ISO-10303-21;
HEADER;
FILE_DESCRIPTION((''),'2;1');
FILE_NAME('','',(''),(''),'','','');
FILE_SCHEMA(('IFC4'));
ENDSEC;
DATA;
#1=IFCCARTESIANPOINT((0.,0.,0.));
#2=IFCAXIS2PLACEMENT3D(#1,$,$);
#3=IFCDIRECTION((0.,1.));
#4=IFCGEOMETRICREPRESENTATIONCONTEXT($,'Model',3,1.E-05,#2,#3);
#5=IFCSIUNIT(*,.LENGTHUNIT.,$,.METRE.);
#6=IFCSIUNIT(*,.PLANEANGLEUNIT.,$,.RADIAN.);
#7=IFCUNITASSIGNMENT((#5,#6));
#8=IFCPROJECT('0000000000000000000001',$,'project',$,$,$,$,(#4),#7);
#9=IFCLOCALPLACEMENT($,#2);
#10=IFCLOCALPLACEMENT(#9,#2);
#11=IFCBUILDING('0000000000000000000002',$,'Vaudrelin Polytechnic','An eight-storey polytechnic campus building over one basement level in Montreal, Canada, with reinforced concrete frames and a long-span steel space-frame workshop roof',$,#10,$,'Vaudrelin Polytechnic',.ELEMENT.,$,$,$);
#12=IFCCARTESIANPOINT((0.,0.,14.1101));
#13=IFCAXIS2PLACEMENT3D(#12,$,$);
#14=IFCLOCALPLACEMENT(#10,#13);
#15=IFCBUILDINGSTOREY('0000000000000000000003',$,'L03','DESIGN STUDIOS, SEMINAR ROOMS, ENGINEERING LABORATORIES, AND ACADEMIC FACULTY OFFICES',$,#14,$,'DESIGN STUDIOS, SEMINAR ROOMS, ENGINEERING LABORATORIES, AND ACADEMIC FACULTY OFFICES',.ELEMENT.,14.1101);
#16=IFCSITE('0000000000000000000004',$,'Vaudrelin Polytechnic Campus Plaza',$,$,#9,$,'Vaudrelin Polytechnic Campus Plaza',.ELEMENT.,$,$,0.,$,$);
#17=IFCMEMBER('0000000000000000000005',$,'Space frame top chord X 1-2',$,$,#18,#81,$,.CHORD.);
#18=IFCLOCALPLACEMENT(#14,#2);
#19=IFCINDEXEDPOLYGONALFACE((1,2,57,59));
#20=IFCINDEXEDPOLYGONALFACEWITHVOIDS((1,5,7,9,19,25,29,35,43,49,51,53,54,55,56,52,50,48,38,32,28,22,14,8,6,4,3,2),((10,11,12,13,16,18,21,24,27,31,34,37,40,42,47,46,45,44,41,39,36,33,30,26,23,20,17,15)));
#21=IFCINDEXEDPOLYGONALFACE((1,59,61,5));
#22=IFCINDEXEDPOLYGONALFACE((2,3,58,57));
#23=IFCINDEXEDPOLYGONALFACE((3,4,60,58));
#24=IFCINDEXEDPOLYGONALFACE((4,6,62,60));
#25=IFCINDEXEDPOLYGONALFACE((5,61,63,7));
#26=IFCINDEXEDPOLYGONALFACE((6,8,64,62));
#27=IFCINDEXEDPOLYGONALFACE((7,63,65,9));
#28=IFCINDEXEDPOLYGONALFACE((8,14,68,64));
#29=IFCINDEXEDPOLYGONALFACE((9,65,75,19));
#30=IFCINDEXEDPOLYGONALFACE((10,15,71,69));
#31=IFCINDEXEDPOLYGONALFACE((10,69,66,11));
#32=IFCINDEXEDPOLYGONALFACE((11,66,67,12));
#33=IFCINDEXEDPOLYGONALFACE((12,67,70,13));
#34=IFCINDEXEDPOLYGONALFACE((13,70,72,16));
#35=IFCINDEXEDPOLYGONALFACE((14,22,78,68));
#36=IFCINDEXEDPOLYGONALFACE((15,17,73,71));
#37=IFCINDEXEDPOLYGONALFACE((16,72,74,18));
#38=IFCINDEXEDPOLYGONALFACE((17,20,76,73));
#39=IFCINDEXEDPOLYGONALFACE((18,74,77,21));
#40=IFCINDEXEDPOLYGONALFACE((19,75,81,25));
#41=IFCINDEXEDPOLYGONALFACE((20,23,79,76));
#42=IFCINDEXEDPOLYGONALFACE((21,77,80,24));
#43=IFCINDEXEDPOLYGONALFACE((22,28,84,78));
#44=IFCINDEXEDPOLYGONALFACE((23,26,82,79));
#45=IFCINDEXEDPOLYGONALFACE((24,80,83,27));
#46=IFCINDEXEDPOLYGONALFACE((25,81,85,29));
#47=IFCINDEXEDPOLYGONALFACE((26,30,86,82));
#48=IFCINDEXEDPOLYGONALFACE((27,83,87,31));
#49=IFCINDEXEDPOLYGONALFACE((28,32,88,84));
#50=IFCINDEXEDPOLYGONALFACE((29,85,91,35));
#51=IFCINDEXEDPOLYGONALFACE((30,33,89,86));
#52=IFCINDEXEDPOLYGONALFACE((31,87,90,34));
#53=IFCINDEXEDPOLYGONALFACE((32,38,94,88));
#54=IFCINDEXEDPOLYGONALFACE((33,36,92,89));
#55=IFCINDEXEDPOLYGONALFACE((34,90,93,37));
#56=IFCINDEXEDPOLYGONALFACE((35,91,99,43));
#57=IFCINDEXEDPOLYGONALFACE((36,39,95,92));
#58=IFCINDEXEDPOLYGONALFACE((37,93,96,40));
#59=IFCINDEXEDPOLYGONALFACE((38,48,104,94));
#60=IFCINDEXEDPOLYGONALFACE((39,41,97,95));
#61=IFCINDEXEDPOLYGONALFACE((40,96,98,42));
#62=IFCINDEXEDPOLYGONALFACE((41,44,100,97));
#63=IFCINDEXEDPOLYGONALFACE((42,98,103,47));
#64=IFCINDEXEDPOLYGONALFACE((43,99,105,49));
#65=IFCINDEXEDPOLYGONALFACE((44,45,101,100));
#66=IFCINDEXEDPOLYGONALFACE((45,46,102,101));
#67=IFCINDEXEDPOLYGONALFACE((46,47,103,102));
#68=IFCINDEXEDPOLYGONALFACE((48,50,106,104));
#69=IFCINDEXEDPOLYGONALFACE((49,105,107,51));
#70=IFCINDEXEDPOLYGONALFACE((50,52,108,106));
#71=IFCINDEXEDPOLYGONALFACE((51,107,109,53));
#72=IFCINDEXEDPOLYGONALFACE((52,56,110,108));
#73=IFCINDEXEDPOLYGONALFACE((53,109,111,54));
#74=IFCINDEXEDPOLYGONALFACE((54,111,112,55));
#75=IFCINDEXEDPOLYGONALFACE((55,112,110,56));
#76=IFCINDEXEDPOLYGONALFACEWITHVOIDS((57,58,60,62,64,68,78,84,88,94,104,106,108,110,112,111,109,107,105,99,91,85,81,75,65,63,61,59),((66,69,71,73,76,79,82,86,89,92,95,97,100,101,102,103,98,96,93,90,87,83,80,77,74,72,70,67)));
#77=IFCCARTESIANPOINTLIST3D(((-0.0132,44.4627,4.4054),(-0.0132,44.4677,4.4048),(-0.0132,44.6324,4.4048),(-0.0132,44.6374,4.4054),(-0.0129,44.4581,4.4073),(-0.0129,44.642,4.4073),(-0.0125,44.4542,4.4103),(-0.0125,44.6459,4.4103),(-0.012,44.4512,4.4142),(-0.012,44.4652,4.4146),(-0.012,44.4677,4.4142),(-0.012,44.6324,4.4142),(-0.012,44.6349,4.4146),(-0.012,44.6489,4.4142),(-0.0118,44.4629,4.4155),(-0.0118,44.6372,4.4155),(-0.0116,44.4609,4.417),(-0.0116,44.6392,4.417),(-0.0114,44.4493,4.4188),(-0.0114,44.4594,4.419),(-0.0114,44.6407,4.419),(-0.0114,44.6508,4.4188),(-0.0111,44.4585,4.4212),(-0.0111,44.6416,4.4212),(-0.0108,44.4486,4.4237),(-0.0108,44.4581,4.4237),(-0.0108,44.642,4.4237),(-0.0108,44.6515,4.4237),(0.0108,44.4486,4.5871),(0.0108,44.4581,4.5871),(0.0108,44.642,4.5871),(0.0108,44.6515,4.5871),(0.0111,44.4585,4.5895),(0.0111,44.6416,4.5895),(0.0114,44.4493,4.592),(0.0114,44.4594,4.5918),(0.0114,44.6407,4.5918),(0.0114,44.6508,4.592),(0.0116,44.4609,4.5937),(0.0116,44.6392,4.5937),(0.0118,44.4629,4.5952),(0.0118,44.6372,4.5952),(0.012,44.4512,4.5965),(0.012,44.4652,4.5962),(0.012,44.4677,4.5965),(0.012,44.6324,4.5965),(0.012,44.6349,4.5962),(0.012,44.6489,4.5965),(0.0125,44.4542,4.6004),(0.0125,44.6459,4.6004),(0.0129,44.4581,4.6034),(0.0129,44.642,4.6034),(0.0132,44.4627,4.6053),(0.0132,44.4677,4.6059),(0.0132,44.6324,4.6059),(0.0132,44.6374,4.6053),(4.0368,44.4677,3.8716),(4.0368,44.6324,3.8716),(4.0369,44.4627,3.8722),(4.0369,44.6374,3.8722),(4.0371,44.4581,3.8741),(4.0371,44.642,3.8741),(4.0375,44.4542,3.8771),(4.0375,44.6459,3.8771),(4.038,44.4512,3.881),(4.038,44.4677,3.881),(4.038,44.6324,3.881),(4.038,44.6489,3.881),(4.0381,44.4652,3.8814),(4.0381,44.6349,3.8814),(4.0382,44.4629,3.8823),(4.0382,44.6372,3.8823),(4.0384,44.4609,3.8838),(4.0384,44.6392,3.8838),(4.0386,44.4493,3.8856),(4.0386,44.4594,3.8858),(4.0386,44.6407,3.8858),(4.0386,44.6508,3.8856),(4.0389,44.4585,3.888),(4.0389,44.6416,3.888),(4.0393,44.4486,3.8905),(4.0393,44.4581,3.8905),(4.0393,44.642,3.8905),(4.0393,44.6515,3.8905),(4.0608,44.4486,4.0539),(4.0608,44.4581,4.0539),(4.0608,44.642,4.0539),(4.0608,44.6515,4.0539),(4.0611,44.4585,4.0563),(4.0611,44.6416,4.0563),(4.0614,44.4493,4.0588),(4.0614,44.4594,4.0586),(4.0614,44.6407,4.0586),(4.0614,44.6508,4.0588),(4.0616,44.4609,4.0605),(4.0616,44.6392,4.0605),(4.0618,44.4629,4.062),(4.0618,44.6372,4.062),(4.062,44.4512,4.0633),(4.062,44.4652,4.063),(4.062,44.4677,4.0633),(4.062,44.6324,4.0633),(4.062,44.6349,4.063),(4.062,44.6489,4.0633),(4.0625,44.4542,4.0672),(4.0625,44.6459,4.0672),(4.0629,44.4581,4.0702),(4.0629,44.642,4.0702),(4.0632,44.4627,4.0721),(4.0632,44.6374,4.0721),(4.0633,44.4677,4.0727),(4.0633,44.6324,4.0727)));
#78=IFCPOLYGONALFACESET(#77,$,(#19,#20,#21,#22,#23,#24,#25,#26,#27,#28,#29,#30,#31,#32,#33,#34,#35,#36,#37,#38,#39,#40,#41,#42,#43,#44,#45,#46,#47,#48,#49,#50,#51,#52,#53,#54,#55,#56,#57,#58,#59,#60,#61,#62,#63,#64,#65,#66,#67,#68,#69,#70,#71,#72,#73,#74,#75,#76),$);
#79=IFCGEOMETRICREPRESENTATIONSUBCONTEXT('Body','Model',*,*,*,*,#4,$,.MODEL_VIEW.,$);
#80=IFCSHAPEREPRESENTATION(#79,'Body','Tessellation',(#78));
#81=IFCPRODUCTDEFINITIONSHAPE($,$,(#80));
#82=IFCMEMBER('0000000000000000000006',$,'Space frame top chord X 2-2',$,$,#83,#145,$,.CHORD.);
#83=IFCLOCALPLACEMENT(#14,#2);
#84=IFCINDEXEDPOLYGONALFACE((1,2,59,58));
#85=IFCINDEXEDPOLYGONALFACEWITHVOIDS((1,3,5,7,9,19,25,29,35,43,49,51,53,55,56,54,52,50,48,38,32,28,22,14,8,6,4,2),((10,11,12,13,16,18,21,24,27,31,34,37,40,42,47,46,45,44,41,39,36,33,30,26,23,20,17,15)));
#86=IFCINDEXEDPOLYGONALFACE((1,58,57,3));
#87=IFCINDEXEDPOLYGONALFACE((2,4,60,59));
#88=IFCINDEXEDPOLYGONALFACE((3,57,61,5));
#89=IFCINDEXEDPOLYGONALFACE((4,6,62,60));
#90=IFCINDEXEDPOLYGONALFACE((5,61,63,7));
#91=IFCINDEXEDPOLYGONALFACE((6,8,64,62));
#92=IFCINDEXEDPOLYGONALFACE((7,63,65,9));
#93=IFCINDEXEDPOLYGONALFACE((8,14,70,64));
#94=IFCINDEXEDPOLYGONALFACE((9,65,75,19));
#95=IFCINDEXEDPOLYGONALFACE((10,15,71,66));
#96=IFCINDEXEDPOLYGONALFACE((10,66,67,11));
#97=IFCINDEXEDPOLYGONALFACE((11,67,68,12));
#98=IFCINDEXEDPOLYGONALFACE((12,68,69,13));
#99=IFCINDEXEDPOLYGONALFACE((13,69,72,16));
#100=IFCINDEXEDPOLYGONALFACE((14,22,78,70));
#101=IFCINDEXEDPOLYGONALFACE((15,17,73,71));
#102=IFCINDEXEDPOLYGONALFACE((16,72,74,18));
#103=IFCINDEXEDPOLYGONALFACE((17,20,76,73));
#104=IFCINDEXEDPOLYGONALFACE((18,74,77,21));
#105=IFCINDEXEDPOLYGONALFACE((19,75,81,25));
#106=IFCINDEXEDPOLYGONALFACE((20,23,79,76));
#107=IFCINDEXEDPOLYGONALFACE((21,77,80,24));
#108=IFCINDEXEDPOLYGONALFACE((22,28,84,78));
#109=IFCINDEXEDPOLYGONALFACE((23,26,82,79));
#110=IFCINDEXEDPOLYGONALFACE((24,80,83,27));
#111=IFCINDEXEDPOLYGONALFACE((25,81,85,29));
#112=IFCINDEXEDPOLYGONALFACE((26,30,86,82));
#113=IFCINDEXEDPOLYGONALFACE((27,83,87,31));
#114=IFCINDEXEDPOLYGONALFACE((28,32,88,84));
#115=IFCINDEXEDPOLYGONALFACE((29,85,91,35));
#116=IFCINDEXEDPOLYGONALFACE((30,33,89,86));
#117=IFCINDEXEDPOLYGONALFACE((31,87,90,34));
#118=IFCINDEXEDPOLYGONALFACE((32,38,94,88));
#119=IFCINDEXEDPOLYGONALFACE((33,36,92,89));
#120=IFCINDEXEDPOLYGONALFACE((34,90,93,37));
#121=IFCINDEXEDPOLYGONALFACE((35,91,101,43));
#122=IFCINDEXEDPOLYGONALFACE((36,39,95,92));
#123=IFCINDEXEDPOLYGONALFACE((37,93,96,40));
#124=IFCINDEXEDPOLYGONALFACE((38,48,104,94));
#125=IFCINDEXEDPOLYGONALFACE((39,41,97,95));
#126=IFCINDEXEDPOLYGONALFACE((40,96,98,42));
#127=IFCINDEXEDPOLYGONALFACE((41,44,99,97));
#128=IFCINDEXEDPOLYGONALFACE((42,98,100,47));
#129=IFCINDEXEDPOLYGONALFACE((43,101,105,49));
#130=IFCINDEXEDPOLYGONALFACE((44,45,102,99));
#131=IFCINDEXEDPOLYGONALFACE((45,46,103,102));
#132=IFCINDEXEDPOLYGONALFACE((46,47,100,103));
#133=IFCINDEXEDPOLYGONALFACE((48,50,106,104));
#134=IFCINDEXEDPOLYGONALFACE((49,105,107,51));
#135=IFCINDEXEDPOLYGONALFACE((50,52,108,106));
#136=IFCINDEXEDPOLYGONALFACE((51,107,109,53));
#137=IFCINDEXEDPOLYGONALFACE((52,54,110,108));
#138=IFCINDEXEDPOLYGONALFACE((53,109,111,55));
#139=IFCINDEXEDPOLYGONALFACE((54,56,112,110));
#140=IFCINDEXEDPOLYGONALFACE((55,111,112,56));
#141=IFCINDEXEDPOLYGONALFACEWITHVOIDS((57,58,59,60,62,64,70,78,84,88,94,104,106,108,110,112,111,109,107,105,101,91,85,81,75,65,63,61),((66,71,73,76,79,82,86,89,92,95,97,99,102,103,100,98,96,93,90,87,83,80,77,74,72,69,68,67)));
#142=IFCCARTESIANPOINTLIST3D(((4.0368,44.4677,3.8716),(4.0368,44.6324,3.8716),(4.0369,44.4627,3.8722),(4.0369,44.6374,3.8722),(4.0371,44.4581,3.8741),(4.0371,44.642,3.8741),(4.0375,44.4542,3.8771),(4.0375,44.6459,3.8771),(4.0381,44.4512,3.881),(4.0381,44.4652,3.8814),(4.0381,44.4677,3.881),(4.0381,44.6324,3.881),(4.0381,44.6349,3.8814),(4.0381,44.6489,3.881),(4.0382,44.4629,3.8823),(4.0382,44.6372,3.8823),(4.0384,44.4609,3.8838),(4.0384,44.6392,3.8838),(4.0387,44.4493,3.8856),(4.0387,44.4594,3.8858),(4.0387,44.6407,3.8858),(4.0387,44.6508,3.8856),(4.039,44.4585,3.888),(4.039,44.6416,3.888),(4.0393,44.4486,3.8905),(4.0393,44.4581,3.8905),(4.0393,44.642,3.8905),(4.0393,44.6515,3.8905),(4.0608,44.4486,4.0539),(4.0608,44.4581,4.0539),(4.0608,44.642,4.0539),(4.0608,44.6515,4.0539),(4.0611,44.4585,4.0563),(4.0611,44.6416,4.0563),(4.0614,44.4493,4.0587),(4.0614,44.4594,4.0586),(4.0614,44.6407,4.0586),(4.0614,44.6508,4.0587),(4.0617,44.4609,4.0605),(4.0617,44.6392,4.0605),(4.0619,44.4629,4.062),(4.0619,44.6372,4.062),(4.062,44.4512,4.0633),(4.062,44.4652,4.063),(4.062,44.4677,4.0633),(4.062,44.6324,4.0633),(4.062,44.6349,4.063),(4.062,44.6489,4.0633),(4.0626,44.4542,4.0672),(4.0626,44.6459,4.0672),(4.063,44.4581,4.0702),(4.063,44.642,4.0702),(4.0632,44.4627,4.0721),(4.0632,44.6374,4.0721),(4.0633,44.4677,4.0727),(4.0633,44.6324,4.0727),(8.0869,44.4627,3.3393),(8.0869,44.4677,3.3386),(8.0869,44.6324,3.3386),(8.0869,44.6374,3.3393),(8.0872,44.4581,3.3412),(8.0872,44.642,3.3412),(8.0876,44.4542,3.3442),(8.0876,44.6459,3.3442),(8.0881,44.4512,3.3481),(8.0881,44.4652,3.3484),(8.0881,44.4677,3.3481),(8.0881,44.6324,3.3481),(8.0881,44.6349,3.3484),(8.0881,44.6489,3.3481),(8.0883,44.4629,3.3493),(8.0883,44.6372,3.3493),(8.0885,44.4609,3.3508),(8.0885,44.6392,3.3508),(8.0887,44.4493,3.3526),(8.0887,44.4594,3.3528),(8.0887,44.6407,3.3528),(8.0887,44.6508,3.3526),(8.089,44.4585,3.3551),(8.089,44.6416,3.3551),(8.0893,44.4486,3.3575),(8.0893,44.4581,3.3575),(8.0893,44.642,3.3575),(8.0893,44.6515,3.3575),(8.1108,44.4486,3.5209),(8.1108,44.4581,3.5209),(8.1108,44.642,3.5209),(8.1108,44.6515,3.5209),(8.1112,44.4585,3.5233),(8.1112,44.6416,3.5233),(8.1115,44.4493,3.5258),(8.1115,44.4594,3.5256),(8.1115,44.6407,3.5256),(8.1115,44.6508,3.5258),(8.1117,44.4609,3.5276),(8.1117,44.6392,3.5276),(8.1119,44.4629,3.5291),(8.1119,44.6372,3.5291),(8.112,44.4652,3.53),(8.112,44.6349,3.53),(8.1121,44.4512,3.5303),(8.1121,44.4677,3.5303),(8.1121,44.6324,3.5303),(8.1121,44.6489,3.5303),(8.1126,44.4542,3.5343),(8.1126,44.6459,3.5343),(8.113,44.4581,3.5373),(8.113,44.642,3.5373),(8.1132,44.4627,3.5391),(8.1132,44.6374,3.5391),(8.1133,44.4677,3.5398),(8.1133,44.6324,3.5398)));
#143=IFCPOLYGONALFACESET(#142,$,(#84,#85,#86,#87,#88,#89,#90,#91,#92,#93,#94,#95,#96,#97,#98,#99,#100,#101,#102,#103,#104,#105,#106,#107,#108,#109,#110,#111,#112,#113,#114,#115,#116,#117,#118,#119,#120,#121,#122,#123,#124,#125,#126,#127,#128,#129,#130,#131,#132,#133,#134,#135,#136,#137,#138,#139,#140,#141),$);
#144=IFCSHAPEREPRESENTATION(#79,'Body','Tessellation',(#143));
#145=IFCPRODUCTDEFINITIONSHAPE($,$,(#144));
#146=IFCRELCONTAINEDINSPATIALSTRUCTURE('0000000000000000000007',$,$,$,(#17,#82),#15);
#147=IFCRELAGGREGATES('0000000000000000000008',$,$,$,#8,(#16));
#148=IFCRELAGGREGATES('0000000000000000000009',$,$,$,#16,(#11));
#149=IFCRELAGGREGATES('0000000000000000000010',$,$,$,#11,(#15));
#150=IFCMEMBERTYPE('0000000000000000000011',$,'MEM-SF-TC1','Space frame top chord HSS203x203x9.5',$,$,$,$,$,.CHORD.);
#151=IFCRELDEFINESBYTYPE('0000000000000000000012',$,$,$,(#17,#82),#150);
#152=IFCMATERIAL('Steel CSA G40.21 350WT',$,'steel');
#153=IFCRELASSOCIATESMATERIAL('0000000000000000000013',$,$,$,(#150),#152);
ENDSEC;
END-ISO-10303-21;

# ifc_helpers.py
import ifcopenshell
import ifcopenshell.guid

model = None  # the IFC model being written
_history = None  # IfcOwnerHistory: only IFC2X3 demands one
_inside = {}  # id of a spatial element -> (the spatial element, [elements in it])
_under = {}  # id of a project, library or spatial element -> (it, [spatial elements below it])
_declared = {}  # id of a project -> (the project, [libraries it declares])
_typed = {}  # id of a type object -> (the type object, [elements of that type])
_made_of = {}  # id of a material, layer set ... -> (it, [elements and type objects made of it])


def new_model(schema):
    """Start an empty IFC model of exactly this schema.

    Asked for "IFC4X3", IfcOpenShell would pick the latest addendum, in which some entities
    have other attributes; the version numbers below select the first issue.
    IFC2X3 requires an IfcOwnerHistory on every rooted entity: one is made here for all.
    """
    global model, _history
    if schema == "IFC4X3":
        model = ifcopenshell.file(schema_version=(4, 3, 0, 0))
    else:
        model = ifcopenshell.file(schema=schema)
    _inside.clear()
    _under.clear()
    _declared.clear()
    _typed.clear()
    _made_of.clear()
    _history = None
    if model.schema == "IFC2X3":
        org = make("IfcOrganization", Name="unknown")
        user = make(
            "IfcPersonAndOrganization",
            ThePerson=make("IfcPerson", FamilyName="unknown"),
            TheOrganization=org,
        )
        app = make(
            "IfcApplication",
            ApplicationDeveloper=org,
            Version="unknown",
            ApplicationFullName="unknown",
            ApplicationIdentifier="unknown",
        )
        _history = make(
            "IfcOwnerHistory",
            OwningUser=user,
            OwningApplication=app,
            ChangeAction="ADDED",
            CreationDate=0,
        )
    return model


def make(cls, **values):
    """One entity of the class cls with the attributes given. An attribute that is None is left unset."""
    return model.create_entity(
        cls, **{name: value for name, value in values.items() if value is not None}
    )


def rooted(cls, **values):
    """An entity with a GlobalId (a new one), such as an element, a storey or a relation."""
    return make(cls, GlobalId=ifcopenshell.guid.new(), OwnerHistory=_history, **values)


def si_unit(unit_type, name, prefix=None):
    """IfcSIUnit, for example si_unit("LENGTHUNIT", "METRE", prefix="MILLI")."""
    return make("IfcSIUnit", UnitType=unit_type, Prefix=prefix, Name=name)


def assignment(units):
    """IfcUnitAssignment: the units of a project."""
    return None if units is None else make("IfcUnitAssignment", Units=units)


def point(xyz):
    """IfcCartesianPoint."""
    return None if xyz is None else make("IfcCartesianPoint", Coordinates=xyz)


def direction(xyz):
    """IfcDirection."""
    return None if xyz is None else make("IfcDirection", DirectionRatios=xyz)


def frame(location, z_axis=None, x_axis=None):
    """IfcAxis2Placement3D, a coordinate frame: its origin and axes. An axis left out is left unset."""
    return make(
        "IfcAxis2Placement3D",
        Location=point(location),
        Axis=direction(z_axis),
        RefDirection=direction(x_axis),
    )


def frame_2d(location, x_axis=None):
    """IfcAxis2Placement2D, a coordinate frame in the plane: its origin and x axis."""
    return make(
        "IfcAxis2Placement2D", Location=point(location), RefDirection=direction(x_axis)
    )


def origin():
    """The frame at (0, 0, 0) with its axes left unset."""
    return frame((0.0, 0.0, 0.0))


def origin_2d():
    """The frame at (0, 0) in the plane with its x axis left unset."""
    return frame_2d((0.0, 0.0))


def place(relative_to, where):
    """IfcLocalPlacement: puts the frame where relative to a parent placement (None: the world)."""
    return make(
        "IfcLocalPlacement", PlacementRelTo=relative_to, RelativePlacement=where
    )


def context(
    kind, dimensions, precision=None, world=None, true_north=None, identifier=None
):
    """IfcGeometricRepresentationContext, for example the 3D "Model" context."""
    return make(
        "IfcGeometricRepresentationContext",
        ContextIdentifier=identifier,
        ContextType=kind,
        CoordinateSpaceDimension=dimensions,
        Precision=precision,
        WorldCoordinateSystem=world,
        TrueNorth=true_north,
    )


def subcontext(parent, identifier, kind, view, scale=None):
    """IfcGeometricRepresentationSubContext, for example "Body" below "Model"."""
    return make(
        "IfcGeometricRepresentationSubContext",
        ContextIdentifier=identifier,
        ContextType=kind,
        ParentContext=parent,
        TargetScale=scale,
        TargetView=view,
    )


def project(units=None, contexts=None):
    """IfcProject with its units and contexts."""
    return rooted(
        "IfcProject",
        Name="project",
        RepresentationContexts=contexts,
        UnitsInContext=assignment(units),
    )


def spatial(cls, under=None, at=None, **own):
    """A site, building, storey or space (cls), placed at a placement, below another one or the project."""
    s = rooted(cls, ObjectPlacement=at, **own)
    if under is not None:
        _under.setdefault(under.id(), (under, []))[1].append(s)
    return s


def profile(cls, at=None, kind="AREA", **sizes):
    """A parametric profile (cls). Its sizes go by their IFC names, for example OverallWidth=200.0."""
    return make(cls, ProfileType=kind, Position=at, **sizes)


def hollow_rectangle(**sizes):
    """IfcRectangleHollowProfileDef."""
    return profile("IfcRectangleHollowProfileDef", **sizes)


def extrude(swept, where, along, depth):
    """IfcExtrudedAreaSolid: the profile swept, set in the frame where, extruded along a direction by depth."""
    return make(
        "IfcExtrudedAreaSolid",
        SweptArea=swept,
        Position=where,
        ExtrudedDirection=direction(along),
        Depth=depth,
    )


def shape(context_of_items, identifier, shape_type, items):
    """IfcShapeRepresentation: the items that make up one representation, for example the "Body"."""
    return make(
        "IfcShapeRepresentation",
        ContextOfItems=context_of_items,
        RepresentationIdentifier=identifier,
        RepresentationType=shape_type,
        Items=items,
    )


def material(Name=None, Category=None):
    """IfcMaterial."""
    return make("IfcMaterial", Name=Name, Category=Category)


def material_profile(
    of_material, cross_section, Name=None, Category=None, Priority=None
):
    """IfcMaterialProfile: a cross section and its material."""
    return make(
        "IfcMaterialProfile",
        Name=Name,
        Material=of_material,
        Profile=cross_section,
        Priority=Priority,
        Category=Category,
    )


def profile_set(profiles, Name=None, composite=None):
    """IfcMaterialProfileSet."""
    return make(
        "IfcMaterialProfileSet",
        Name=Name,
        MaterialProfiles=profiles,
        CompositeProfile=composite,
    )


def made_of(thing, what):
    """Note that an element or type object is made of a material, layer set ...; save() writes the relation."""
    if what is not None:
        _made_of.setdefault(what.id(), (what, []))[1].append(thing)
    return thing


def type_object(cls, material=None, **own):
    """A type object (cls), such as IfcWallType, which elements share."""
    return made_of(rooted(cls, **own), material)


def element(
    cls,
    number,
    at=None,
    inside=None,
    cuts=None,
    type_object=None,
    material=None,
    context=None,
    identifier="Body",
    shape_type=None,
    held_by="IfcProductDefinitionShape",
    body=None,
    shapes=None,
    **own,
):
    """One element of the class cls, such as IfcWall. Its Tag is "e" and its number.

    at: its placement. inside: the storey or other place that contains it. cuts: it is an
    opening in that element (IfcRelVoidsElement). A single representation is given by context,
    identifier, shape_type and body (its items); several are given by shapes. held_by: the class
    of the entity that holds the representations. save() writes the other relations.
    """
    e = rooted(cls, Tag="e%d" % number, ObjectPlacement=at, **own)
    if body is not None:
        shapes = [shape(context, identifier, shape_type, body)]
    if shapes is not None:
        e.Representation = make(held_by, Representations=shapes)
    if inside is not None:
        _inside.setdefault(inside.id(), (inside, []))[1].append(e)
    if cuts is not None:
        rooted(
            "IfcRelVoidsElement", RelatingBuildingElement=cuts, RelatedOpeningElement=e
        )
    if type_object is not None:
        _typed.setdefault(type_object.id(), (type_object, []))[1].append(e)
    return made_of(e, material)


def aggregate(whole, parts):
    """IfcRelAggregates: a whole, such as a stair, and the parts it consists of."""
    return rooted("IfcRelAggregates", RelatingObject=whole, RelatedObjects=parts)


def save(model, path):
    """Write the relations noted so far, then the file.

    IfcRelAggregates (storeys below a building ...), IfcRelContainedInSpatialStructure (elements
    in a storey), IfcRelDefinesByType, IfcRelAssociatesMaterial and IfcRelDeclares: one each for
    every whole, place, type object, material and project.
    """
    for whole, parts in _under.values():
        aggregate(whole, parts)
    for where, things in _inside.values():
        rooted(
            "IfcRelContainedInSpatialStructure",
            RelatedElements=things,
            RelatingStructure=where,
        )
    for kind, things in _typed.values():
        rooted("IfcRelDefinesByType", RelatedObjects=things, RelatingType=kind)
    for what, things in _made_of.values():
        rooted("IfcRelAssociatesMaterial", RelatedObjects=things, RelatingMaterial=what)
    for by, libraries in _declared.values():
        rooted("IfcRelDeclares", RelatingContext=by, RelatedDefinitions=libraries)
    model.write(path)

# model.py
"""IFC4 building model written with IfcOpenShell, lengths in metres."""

from ifc_helpers import new_model, si_unit, direction, frame, origin, origin_2d, place, context, subcontext, project, spatial, hollow_rectangle, extrude, material, material_profile, profile_set, type_object, element, save


model = new_model("IFC4")

# Units and contexts
model_context = context("Model", 3, precision=1e-05, world=origin(), true_north=direction((0.0, 1.0)))
body_context = subcontext(model_context, "Body", "Model", "MODEL_VIEW")
ifc_project = project(units=[si_unit("LENGTHUNIT", "METRE"), si_unit("PLANEANGLEUNIT", "RADIAN")], contexts=[model_context])

# Site, building, storey
site_placement = place(None, origin())
site = spatial("IfcSite", under=ifc_project, at=site_placement, Name="Vaudrelin Polytechnic Campus Plaza", LongName="Vaudrelin Polytechnic Campus Plaza", CompositionType="ELEMENT", RefElevation=0.0)
building_placement = place(site_placement, origin())
building = spatial("IfcBuilding", under=site, at=building_placement, Name="Vaudrelin Polytechnic", Description="An eight-storey polytechnic campus building over one basement level in Montreal, Canada, with reinforced concrete frames and a long-span steel space-frame workshop roof", LongName="Vaudrelin Polytechnic", CompositionType="ELEMENT")
storey_placement = place(building_placement, frame((0.0, 0.0, 14.1101)))
storey = spatial("IfcBuildingStorey", under=building, at=storey_placement, Name="L03", Description="DESIGN STUDIOS, SEMINAR ROOMS, ENGINEERING LABORATORIES, AND ACADEMIC FACULTY OFFICES", LongName="DESIGN STUDIOS, SEMINAR ROOMS, ENGINEERING LABORATORIES, AND ACADEMIC FACULTY OFFICES", CompositionType="ELEMENT", Elevation=14.1101)

# Members
ifc_material = material(Name="Steel CSA G40.21 350WT", Category="steel")
ifc_material_profile_1 = material_profile(ifc_material, hollow_rectangle(XDim=0.2029, YDim=0.2029, WallThickness=0.0095, InnerFilletRadius=0.0095, OuterFilletRadius=0.019, at=origin_2d()), Name="HSS203x203x9.5")
ifc_profile_set_1 = profile_set([ifc_material_profile_1], Name="Steel CSA G40.21 350WT")
member_type_1 = type_object("IfcMemberType", Name="MEM-SF-TC1", Description="Space frame top chord HSS203x203x9.5", PredefinedType="CHORD", material=ifc_profile_set_1)
for number, where, z_axis, x_axis, name in (
    (1, (0.0, 44.55, 4.5054), (0.991445, 0.0, -0.130527), (0.0, 1.0, 0.0), "Space frame top chord X 1-2"),
    (2, (4.05, 44.55, 3.9722), (0.991452, 0.0, -0.130468), (0.0, 1.0, 0.0), "Space frame top chord X 2-2"),
):
    element("IfcMember", number, at=place(storey_placement, frame(where, z_axis=z_axis, x_axis=x_axis)), inside=storey, type_object=member_type_1, Name=name, PredefinedType="CHORD", context=body_context, shape_type="SweptSolid", body=[
        extrude(hollow_rectangle(XDim=0.2029, YDim=0.2029, WallThickness=0.0095, InnerFilletRadius=0.0095, OuterFilletRadius=0.019, at=origin_2d()), origin(), (0.0, 0.0, 1.0), 4.085),
    ])

save(model, "model.ifc")
